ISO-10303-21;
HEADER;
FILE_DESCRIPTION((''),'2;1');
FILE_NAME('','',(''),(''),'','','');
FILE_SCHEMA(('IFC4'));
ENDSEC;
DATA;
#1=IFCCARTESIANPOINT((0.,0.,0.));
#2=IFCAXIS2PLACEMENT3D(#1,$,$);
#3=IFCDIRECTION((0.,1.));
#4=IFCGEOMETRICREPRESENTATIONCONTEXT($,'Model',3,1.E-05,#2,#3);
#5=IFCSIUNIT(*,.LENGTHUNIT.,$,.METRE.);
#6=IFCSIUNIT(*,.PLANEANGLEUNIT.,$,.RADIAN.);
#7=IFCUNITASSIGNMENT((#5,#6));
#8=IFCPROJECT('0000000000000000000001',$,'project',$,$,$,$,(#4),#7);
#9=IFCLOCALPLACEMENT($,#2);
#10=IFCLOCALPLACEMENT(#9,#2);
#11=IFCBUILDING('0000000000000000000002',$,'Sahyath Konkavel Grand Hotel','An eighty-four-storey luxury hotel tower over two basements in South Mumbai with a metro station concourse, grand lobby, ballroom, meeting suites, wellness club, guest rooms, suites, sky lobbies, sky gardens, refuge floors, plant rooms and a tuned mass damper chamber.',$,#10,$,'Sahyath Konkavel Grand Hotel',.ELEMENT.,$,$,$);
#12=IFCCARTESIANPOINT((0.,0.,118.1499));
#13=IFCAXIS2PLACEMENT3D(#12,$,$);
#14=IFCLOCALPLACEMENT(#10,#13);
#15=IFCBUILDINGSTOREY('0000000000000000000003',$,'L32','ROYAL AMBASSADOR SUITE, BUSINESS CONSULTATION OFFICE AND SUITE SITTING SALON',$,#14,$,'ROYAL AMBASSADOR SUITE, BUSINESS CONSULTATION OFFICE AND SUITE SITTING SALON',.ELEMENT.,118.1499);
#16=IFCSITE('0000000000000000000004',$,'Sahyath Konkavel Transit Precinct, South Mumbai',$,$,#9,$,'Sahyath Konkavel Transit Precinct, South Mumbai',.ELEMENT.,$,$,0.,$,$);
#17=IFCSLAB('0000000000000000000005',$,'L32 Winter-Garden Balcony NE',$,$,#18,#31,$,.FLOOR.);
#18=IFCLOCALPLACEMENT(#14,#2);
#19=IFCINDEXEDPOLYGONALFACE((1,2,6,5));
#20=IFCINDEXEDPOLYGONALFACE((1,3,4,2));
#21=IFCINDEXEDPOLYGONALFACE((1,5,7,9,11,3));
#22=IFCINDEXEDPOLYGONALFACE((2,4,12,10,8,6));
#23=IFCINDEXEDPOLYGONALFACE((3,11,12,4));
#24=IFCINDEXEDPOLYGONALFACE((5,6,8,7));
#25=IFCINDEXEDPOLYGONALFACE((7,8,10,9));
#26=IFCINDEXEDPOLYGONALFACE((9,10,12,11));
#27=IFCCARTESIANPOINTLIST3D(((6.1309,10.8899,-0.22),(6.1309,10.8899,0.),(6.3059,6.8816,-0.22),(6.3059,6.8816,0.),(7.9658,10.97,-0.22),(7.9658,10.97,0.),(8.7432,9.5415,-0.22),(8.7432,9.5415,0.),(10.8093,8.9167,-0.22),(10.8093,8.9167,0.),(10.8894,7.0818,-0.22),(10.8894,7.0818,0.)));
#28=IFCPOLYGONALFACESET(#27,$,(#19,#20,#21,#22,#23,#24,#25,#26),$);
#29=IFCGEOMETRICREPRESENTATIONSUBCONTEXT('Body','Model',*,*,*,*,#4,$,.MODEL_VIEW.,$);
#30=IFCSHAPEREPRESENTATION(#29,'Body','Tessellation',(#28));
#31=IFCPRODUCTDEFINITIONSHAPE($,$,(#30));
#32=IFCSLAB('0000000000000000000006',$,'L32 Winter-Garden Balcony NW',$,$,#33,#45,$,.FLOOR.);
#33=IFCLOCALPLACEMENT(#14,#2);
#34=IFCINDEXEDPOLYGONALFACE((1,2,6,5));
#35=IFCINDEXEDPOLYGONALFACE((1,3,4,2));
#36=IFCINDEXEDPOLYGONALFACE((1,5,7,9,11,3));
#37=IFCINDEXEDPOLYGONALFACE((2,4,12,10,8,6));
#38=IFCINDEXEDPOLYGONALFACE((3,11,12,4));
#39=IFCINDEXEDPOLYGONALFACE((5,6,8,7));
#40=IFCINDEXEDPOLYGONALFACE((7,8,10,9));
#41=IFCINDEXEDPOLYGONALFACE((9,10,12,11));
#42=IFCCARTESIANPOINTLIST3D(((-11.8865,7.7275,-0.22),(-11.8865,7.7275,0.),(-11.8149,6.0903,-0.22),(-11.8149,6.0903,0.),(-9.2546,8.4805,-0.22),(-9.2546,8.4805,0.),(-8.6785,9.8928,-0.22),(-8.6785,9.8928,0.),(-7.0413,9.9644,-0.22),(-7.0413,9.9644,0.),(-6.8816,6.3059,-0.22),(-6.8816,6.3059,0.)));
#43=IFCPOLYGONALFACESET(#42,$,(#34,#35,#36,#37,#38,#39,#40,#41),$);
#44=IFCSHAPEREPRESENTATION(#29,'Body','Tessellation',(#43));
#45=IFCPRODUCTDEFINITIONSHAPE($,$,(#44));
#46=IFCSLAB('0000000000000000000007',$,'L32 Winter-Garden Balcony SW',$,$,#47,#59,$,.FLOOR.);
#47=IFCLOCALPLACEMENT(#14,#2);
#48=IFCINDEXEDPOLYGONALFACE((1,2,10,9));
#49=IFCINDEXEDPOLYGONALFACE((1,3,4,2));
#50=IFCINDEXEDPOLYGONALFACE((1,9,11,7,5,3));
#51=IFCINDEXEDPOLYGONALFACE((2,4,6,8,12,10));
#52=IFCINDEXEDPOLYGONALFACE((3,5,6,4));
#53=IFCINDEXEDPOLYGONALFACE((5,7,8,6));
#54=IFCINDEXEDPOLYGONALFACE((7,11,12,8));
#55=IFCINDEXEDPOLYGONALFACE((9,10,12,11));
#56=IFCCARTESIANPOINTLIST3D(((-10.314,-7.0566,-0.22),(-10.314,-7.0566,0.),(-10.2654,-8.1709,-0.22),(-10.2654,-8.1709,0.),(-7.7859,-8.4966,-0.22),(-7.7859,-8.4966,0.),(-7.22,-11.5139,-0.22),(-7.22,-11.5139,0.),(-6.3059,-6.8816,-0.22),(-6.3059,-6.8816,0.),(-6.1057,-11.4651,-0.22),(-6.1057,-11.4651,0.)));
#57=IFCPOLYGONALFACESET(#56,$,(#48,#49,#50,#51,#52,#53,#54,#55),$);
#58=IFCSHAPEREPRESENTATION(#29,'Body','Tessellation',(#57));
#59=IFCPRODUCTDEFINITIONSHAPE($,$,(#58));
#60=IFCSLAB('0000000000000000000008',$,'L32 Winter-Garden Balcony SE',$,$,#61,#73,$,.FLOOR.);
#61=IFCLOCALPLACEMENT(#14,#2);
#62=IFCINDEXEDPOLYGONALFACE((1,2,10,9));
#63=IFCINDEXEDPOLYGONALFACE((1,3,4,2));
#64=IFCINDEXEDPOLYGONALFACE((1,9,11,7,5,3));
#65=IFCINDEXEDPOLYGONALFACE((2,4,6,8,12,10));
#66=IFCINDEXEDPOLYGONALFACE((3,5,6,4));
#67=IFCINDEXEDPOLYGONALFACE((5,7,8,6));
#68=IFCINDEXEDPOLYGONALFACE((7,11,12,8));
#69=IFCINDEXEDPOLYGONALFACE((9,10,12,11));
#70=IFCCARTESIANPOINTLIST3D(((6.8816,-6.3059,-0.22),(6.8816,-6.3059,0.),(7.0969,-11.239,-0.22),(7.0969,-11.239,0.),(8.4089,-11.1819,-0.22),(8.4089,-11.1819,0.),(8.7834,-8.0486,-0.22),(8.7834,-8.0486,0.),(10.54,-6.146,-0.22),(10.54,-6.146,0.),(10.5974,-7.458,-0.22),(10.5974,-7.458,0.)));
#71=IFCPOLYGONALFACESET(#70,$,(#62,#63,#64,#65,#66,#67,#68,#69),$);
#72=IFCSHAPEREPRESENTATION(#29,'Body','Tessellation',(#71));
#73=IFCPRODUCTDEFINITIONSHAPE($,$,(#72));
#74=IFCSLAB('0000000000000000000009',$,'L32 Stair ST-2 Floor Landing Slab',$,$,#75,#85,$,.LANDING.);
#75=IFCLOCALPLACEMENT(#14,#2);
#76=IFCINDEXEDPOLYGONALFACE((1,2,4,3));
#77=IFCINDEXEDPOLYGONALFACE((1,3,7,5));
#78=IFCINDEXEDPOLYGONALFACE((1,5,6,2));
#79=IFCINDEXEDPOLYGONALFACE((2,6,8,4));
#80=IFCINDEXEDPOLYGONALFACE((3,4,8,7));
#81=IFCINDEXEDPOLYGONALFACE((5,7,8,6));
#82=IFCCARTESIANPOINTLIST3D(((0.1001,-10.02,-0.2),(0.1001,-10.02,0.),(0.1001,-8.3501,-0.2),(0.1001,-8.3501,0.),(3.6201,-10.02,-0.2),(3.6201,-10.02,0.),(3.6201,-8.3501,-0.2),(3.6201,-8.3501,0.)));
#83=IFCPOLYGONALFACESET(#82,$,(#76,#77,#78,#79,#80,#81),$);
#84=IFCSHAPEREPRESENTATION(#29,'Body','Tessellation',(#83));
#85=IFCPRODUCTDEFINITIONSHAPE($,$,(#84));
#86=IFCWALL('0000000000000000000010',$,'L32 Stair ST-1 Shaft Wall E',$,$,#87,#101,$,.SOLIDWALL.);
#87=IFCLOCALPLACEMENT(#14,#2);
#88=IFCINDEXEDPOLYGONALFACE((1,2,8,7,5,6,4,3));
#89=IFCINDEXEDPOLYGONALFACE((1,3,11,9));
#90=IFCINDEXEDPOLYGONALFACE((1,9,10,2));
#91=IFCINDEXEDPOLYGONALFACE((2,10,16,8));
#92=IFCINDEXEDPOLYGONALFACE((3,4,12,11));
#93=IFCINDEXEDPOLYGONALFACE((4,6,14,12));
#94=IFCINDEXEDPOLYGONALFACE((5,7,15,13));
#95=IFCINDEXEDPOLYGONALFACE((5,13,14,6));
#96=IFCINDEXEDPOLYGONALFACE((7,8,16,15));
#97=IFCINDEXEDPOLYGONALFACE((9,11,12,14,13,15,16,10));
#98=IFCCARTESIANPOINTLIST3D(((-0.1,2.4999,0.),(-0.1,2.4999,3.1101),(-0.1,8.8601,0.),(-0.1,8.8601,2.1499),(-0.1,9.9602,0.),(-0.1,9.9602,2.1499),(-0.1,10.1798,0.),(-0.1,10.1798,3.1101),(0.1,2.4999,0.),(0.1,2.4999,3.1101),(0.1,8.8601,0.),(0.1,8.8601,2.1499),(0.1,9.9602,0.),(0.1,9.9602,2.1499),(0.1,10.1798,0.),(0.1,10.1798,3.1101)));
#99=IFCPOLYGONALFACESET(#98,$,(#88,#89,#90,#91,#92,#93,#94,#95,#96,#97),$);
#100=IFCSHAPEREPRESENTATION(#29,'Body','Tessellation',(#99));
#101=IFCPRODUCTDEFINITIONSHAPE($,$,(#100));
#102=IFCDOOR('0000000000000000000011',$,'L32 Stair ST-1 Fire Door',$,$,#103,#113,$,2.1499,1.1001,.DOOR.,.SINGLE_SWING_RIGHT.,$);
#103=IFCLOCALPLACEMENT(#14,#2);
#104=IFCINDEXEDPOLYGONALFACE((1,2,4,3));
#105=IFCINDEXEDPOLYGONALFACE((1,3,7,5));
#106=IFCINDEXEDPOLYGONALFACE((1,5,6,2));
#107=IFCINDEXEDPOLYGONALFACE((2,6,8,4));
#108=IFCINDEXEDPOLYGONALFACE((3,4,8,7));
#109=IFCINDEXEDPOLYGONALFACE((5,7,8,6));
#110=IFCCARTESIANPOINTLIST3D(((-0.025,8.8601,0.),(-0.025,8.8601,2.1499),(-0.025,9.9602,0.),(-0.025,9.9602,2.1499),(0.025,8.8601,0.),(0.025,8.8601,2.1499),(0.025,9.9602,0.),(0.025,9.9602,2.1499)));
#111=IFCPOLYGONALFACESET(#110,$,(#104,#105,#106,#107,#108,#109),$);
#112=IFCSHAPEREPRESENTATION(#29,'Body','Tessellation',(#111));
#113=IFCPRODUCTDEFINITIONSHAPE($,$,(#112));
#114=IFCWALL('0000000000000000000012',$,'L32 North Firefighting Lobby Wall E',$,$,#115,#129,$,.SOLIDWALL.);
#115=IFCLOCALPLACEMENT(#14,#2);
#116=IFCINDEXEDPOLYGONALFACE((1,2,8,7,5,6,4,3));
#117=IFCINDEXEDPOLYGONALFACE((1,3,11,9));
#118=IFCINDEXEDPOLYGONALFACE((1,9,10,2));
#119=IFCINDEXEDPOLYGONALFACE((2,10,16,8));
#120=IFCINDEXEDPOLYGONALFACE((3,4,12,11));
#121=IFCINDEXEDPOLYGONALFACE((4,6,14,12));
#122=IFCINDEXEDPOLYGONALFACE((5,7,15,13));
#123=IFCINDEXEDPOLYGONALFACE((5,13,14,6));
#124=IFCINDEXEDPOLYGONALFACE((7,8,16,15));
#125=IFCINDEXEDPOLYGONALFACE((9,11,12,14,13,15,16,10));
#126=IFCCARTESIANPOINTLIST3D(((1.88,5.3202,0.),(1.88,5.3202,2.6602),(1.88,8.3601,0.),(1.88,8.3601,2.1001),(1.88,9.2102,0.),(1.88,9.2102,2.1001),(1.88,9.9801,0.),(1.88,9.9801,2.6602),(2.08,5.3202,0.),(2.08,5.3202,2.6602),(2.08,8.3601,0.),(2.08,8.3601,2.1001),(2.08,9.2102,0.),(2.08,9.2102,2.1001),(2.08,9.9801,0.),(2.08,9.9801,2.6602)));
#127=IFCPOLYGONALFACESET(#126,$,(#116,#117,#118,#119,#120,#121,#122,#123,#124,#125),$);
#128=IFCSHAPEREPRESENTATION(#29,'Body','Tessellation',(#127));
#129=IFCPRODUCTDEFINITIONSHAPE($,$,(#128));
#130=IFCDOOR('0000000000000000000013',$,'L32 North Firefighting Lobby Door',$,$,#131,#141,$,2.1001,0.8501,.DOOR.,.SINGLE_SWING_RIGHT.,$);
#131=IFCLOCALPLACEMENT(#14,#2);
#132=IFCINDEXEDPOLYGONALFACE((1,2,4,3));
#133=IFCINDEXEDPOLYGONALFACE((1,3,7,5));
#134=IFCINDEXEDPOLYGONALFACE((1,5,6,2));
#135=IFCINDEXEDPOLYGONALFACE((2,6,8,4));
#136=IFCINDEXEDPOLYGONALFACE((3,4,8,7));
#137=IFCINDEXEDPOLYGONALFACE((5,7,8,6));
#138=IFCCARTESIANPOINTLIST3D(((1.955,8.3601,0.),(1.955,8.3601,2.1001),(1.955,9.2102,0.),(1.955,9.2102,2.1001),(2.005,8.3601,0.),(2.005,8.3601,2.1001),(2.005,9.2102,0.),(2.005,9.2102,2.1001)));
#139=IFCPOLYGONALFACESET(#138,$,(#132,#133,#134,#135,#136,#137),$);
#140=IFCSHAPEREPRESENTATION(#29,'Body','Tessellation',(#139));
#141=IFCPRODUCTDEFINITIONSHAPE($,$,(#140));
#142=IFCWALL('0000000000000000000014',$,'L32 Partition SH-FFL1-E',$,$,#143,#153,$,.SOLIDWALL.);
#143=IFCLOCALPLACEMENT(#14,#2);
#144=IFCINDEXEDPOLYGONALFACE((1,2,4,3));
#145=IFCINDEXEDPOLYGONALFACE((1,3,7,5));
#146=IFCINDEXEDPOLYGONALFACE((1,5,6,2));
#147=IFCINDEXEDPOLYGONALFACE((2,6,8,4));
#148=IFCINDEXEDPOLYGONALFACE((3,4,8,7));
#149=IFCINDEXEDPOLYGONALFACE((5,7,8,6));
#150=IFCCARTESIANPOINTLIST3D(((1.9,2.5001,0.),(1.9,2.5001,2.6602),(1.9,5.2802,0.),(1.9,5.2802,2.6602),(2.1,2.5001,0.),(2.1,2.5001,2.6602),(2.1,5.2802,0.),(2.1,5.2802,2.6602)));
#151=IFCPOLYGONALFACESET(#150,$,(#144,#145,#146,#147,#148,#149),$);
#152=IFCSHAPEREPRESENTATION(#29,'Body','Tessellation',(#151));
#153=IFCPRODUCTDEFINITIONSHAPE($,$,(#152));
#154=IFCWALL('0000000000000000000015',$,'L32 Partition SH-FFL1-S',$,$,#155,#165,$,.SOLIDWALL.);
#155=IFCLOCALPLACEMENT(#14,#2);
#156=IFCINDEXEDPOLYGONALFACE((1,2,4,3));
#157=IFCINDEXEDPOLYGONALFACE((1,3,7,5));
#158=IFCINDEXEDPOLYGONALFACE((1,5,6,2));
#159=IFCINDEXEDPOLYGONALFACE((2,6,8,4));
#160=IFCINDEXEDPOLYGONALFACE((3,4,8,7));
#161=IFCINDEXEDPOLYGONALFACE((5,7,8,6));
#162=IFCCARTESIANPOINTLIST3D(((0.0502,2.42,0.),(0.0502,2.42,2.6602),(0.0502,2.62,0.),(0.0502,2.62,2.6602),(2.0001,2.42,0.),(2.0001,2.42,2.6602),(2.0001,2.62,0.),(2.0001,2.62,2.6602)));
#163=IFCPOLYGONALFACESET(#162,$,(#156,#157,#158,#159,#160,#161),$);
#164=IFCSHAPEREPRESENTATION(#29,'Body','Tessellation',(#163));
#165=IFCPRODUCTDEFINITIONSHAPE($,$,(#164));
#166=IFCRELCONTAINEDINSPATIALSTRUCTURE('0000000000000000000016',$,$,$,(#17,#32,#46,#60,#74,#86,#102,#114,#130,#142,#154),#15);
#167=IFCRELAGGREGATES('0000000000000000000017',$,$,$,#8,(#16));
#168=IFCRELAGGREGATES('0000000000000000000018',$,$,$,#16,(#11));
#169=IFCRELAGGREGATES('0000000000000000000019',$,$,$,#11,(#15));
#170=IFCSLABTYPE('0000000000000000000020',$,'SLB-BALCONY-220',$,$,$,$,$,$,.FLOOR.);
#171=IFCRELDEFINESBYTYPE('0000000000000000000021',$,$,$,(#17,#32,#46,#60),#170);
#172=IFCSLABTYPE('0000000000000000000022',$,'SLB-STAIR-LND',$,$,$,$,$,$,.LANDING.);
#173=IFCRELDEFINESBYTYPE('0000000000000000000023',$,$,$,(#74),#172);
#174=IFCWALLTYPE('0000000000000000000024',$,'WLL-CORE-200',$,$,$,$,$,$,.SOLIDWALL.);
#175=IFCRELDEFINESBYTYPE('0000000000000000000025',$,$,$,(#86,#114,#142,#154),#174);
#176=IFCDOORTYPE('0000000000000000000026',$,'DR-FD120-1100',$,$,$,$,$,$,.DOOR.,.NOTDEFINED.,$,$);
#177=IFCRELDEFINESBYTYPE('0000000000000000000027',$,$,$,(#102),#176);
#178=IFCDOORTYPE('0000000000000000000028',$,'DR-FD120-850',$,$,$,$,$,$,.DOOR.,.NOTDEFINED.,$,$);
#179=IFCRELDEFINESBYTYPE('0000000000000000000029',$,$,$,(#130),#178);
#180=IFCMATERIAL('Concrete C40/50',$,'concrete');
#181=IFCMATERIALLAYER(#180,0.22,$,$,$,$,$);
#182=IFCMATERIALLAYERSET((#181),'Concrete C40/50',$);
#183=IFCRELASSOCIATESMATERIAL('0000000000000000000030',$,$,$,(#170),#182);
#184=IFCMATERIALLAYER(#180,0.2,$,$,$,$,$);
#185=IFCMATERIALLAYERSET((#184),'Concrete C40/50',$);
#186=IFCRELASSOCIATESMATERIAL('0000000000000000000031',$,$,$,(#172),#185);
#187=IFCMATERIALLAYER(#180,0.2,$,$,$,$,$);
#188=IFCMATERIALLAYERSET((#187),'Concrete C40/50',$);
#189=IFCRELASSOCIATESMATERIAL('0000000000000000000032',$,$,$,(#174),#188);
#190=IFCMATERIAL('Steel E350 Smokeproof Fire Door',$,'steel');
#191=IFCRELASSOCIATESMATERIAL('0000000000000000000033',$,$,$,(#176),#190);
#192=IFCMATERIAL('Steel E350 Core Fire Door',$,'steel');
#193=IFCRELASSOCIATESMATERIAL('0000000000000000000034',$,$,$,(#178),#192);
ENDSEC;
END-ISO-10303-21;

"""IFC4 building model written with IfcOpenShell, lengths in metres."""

from ifc_helpers import new_model, si_unit, direction, frame, frame_2d, origin, origin_2d, place, context, subcontext, project, spatial, polyline, rectangle, outline, extrude, source, transform, mapped, material, layer, layer_set, type_object, element, fill, save


model = new_model("IFC4")

# Units and contexts
model_context = context("Model", 3, precision=1e-05, world=origin(), true_north=direction((0.0, 1.0)))
body_context = subcontext(model_context, "Body", "Model", "MODEL_VIEW")
ifc_project = project(units=[si_unit("LENGTHUNIT", "METRE"), si_unit("PLANEANGLEUNIT", "RADIAN")], contexts=[model_context])

# Site, building, storey
site_placement = place(None, origin())
site = spatial("IfcSite", under=ifc_project, at=site_placement, Name="Sahyath Konkavel Transit Precinct, South Mumbai", LongName="Sahyath Konkavel Transit Precinct, South Mumbai", CompositionType="ELEMENT", RefElevation=0.0)
building_placement = place(site_placement, origin())
building = spatial("IfcBuilding", under=site, at=building_placement, Name="Sahyath Konkavel Grand Hotel", Description="An eighty-four-storey luxury hotel tower over two basements in South Mumbai with a metro station concourse, grand lobby, ballroom, meeting suites, wellness club, guest rooms, suites, sky lobbies, sky gardens, refuge floors, plant rooms and a tuned mass damper chamber.", LongName="Sahyath Konkavel Grand Hotel", CompositionType="ELEMENT")
storey_placement = place(building_placement, frame((0.0, 0.0, 118.1499)))
storey = spatial("IfcBuildingStorey", under=building, at=storey_placement, Name="L32", Description="ROYAL AMBASSADOR SUITE, BUSINESS CONSULTATION OFFICE AND SUITE SITTING SALON", LongName="ROYAL AMBASSADOR SUITE, BUSINESS CONSULTATION OFFICE AND SUITE SITTING SALON", CompositionType="ELEMENT", Elevation=118.1499)

# Slabs
ifc_material_1 = material(Name="Concrete C40/50", Category="concrete")
ifc_layer_1 = layer(ifc_material_1, 0.22)
ifc_layer_set_1 = layer_set([ifc_layer_1], Name="Concrete C40/50")
slab_type_1 = type_object("IfcSlabType", Name="SLB-BALCONY-220", PredefinedType="FLOOR", material=ifc_layer_set_1)
slab_1_placement = place(storey_placement, frame((0.0, 0.0, -0.22)))
element("IfcSlab", 1, at=slab_1_placement, inside=storey, type_object=slab_type_1, Name="L32 Winter-Garden Balcony NE", PredefinedType="FLOOR", context=body_context, shape_type="SweptSolid", body=[
    extrude(outline(polyline([(6.3059, 6.8816), (10.8894, 7.0818), (10.8093, 8.9167), (8.7432, 9.5415), (7.9658, 10.97), (6.1309, 10.8899), (6.3059, 6.8816)])), origin(), (0.0, 0.0, 1.0), 0.22),
])
slab_2_placement = place(storey_placement, frame((0.0, 0.0, -0.22)))
element("IfcSlab", 2, at=slab_2_placement, inside=storey, type_object=slab_type_1, Name="L32 Winter-Garden Balcony NW", PredefinedType="FLOOR", context=body_context, shape_type="SweptSolid", body=[
    extrude(outline(polyline([(-6.8816, 6.3059), (-7.0413, 9.9644), (-8.6785, 9.8928), (-9.2546, 8.4805), (-11.8865, 7.7275), (-11.8149, 6.0903), (-6.8816, 6.3059)])), origin(), (0.0, 0.0, 1.0), 0.22),
])
slab_3_placement = place(storey_placement, frame((0.0, 0.0, -0.22)))
element("IfcSlab", 3, at=slab_3_placement, inside=storey, type_object=slab_type_1, Name="L32 Winter-Garden Balcony SW", PredefinedType="FLOOR", context=body_context, shape_type="SweptSolid", body=[
    extrude(outline(polyline([(-6.3059, -6.8816), (-10.314, -7.0566), (-10.2654, -8.1709), (-7.7859, -8.4966), (-7.22, -11.5139), (-6.1057, -11.4651), (-6.3059, -6.8816)])), origin(), (0.0, 0.0, 1.0), 0.22),
])
slab_4_placement = place(storey_placement, frame((0.0, 0.0, -0.22)))
element("IfcSlab", 4, at=slab_4_placement, inside=storey, type_object=slab_type_1, Name="L32 Winter-Garden Balcony SE", PredefinedType="FLOOR", context=body_context, shape_type="SweptSolid", body=[
    extrude(outline(polyline([(6.8816, -6.3059), (7.0969, -11.239), (8.4089, -11.1819), (8.7834, -8.0486), (10.5974, -7.458), (10.54, -6.146), (6.8816, -6.3059)])), origin(), (0.0, 0.0, 1.0), 0.22),
])
ifc_layer_2 = layer(ifc_material_1, 0.2)
ifc_layer_set_2 = layer_set([ifc_layer_2], Name="Concrete C40/50")
slab_type_2 = type_object("IfcSlabType", Name="SLB-STAIR-LND", PredefinedType="LANDING", material=ifc_layer_set_2)
slab_5_placement = place(storey_placement, frame((0.0, 0.0, -0.2)))
element("IfcSlab", 5, at=slab_5_placement, inside=storey, type_object=slab_type_2, Name="L32 Stair ST-2 Floor Landing Slab", PredefinedType="LANDING", context=body_context, shape_type="SweptSolid", body=[
    extrude(outline(polyline([(0.1001, -10.02), (3.6201, -10.02), (3.6201, -8.3501), (0.1001, -8.3501), (0.1001, -10.02)])), origin(), (0.0, 0.0, 1.0), 0.2),
])

# Walls, openings, doors
ifc_layer_3 = layer(ifc_material_1, 0.2)
ifc_layer_set_3 = layer_set([ifc_layer_3], Name="Concrete C40/50")
wall_type_1 = type_object("IfcWallType", Name="WLL-CORE-200", PredefinedType="SOLIDWALL", material=ifc_layer_set_3)
wall_1_placement = place(storey_placement, frame((0.0, 2.5, 0.0), z_axis=(0.0, 0.0, 1.0), x_axis=(0.0, 1.0, 0.0)))
wall_1 = element("IfcWall", 6, at=wall_1_placement, inside=storey, type_object=wall_type_1, Name="L32 Stair ST-1 Shaft Wall E", PredefinedType="SOLIDWALL", context=body_context, shape_type="SweptSolid", body=[
    extrude(rectangle(XDim=7.6799, YDim=0.2, at=frame_2d((3.8398, 0.0))), origin(), (0.0, 0.0, 1.0), 3.1101),
])
opening_1_placement = place(wall_1_placement, frame((6.3601, 0.0, 0.0)))
opening_1 = element("IfcOpeningElement", 7, at=opening_1_placement, cuts=wall_1, PredefinedType="OPENING", context=body_context, shape_type="SweptSolid", body=[
    extrude(rectangle(XDim=1.1001, YDim=2.1499, at=frame_2d((0.55, 1.075))), frame((0.0, 0.1099, 0.0), z_axis=(0.0, -1.0, 0.0), x_axis=(1.0, 0.0, 0.0)), (0.0, 0.0, 1.0), 0.22),
])
ifc_material_2 = material(Name="Steel E350 Smokeproof Fire Door", Category="steel")
door_type_1 = type_object("IfcDoorType", Name="DR-FD120-1100", OperationType="NOTDEFINED", PredefinedType="DOOR", material=ifc_material_2)
shared_shape_1 = source(origin(), body_context, "Body", "SweptSolid", [
    extrude(rectangle(XDim=1.1001, YDim=0.05, at=origin_2d()), origin(), (0.0, 0.0, 1.0), 2.1499),
])
door_1_placement = place(opening_1_placement, frame((0.55, 0.0, 0.0)))
door_1 = element("IfcDoor", 8, at=door_1_placement, inside=storey, type_object=door_type_1, Name="L32 Stair ST-1 Fire Door", OperationType="SINGLE_SWING_RIGHT", OverallHeight=2.1499, OverallWidth=1.1001, PredefinedType="DOOR", context=body_context, shape_type="MappedRepresentation", body=[
    mapped(shared_shape_1, transform((0.0, 0.0, 0.0), scale=1.0)),
])
fill(opening_1, door_1)
wall_2_placement = place(storey_placement, frame((1.98, 5.3201, 0.0), z_axis=(0.0, 0.0, 1.0), x_axis=(0.0, 1.0, 0.0)))
wall_2 = element("IfcWall", 9, at=wall_2_placement, inside=storey, type_object=wall_type_1, Name="L32 North Firefighting Lobby Wall E", PredefinedType="SOLIDWALL", context=body_context, shape_type="SweptSolid", body=[
    extrude(rectangle(XDim=4.6599, YDim=0.2, at=frame_2d((2.3301, 0.0))), origin(), (0.0, 0.0, 1.0), 2.6602),
])
opening_2_placement = place(wall_2_placement, frame((3.04, 0.0, 0.0)))
opening_2 = element("IfcOpeningElement", 10, at=opening_2_placement, cuts=wall_2, PredefinedType="OPENING", context=body_context, shape_type="SweptSolid", body=[
    extrude(rectangle(XDim=0.8501, YDim=2.1001, at=frame_2d((0.425, 1.05))), frame((0.0, 0.1099, 0.0), z_axis=(0.0, -1.0, 0.0), x_axis=(1.0, 0.0, 0.0)), (0.0, 0.0, 1.0), 0.22),
])
ifc_material_3 = material(Name="Steel E350 Core Fire Door", Category="steel")
door_type_2 = type_object("IfcDoorType", Name="DR-FD120-850", OperationType="NOTDEFINED", PredefinedType="DOOR", material=ifc_material_3)
shared_shape_2 = source(origin(), body_context, "Body", "SweptSolid", [
    extrude(rectangle(XDim=0.8501, YDim=0.05, at=origin_2d()), origin(), (0.0, 0.0, 1.0), 2.1001),
])
door_2_placement = place(opening_2_placement, frame((0.425, 0.0, 0.0)))
door_2 = element("IfcDoor", 11, at=door_2_placement, inside=storey, type_object=door_type_2, Name="L32 North Firefighting Lobby Door", OperationType="SINGLE_SWING_RIGHT", OverallHeight=2.1001, OverallWidth=0.8501, PredefinedType="DOOR", context=body_context, shape_type="MappedRepresentation", body=[
    mapped(shared_shape_2, transform((0.0, 0.0, 0.0), scale=1.0)),
])
fill(opening_2, door_2)

# Walls
wall_3_placement = place(storey_placement, frame((2.0, 2.5, 0.0), z_axis=(0.0, 0.0, 1.0), x_axis=(0.0, 1.0, 0.0)))
element("IfcWall", 12, at=wall_3_placement, inside=storey, type_object=wall_type_1, Name="L32 Partition SH-FFL1-E", PredefinedType="SOLIDWALL", context=body_context, shape_type="SweptSolid", body=[
    extrude(rectangle(XDim=2.78, YDim=0.2, at=frame_2d((1.3901, 0.0))), origin(), (0.0, 0.0, 1.0), 2.6602),
])
wall_4_placement = place(storey_placement, frame((0.05, 2.52, 0.0), z_axis=(0.0, 0.0, 1.0), x_axis=(1.0, 0.0, 0.0)))
element("IfcWall", 13, at=wall_4_placement, inside=storey, type_object=wall_type_1, Name="L32 Partition SH-FFL1-S", PredefinedType="SOLIDWALL", context=body_context, shape_type="SweptSolid", body=[
    extrude(rectangle(XDim=1.95, YDim=0.2, at=frame_2d((0.9751, 0.0))), origin(), (0.0, 0.0, 1.0), 2.6602),
])

save(model, "model.ifc")
